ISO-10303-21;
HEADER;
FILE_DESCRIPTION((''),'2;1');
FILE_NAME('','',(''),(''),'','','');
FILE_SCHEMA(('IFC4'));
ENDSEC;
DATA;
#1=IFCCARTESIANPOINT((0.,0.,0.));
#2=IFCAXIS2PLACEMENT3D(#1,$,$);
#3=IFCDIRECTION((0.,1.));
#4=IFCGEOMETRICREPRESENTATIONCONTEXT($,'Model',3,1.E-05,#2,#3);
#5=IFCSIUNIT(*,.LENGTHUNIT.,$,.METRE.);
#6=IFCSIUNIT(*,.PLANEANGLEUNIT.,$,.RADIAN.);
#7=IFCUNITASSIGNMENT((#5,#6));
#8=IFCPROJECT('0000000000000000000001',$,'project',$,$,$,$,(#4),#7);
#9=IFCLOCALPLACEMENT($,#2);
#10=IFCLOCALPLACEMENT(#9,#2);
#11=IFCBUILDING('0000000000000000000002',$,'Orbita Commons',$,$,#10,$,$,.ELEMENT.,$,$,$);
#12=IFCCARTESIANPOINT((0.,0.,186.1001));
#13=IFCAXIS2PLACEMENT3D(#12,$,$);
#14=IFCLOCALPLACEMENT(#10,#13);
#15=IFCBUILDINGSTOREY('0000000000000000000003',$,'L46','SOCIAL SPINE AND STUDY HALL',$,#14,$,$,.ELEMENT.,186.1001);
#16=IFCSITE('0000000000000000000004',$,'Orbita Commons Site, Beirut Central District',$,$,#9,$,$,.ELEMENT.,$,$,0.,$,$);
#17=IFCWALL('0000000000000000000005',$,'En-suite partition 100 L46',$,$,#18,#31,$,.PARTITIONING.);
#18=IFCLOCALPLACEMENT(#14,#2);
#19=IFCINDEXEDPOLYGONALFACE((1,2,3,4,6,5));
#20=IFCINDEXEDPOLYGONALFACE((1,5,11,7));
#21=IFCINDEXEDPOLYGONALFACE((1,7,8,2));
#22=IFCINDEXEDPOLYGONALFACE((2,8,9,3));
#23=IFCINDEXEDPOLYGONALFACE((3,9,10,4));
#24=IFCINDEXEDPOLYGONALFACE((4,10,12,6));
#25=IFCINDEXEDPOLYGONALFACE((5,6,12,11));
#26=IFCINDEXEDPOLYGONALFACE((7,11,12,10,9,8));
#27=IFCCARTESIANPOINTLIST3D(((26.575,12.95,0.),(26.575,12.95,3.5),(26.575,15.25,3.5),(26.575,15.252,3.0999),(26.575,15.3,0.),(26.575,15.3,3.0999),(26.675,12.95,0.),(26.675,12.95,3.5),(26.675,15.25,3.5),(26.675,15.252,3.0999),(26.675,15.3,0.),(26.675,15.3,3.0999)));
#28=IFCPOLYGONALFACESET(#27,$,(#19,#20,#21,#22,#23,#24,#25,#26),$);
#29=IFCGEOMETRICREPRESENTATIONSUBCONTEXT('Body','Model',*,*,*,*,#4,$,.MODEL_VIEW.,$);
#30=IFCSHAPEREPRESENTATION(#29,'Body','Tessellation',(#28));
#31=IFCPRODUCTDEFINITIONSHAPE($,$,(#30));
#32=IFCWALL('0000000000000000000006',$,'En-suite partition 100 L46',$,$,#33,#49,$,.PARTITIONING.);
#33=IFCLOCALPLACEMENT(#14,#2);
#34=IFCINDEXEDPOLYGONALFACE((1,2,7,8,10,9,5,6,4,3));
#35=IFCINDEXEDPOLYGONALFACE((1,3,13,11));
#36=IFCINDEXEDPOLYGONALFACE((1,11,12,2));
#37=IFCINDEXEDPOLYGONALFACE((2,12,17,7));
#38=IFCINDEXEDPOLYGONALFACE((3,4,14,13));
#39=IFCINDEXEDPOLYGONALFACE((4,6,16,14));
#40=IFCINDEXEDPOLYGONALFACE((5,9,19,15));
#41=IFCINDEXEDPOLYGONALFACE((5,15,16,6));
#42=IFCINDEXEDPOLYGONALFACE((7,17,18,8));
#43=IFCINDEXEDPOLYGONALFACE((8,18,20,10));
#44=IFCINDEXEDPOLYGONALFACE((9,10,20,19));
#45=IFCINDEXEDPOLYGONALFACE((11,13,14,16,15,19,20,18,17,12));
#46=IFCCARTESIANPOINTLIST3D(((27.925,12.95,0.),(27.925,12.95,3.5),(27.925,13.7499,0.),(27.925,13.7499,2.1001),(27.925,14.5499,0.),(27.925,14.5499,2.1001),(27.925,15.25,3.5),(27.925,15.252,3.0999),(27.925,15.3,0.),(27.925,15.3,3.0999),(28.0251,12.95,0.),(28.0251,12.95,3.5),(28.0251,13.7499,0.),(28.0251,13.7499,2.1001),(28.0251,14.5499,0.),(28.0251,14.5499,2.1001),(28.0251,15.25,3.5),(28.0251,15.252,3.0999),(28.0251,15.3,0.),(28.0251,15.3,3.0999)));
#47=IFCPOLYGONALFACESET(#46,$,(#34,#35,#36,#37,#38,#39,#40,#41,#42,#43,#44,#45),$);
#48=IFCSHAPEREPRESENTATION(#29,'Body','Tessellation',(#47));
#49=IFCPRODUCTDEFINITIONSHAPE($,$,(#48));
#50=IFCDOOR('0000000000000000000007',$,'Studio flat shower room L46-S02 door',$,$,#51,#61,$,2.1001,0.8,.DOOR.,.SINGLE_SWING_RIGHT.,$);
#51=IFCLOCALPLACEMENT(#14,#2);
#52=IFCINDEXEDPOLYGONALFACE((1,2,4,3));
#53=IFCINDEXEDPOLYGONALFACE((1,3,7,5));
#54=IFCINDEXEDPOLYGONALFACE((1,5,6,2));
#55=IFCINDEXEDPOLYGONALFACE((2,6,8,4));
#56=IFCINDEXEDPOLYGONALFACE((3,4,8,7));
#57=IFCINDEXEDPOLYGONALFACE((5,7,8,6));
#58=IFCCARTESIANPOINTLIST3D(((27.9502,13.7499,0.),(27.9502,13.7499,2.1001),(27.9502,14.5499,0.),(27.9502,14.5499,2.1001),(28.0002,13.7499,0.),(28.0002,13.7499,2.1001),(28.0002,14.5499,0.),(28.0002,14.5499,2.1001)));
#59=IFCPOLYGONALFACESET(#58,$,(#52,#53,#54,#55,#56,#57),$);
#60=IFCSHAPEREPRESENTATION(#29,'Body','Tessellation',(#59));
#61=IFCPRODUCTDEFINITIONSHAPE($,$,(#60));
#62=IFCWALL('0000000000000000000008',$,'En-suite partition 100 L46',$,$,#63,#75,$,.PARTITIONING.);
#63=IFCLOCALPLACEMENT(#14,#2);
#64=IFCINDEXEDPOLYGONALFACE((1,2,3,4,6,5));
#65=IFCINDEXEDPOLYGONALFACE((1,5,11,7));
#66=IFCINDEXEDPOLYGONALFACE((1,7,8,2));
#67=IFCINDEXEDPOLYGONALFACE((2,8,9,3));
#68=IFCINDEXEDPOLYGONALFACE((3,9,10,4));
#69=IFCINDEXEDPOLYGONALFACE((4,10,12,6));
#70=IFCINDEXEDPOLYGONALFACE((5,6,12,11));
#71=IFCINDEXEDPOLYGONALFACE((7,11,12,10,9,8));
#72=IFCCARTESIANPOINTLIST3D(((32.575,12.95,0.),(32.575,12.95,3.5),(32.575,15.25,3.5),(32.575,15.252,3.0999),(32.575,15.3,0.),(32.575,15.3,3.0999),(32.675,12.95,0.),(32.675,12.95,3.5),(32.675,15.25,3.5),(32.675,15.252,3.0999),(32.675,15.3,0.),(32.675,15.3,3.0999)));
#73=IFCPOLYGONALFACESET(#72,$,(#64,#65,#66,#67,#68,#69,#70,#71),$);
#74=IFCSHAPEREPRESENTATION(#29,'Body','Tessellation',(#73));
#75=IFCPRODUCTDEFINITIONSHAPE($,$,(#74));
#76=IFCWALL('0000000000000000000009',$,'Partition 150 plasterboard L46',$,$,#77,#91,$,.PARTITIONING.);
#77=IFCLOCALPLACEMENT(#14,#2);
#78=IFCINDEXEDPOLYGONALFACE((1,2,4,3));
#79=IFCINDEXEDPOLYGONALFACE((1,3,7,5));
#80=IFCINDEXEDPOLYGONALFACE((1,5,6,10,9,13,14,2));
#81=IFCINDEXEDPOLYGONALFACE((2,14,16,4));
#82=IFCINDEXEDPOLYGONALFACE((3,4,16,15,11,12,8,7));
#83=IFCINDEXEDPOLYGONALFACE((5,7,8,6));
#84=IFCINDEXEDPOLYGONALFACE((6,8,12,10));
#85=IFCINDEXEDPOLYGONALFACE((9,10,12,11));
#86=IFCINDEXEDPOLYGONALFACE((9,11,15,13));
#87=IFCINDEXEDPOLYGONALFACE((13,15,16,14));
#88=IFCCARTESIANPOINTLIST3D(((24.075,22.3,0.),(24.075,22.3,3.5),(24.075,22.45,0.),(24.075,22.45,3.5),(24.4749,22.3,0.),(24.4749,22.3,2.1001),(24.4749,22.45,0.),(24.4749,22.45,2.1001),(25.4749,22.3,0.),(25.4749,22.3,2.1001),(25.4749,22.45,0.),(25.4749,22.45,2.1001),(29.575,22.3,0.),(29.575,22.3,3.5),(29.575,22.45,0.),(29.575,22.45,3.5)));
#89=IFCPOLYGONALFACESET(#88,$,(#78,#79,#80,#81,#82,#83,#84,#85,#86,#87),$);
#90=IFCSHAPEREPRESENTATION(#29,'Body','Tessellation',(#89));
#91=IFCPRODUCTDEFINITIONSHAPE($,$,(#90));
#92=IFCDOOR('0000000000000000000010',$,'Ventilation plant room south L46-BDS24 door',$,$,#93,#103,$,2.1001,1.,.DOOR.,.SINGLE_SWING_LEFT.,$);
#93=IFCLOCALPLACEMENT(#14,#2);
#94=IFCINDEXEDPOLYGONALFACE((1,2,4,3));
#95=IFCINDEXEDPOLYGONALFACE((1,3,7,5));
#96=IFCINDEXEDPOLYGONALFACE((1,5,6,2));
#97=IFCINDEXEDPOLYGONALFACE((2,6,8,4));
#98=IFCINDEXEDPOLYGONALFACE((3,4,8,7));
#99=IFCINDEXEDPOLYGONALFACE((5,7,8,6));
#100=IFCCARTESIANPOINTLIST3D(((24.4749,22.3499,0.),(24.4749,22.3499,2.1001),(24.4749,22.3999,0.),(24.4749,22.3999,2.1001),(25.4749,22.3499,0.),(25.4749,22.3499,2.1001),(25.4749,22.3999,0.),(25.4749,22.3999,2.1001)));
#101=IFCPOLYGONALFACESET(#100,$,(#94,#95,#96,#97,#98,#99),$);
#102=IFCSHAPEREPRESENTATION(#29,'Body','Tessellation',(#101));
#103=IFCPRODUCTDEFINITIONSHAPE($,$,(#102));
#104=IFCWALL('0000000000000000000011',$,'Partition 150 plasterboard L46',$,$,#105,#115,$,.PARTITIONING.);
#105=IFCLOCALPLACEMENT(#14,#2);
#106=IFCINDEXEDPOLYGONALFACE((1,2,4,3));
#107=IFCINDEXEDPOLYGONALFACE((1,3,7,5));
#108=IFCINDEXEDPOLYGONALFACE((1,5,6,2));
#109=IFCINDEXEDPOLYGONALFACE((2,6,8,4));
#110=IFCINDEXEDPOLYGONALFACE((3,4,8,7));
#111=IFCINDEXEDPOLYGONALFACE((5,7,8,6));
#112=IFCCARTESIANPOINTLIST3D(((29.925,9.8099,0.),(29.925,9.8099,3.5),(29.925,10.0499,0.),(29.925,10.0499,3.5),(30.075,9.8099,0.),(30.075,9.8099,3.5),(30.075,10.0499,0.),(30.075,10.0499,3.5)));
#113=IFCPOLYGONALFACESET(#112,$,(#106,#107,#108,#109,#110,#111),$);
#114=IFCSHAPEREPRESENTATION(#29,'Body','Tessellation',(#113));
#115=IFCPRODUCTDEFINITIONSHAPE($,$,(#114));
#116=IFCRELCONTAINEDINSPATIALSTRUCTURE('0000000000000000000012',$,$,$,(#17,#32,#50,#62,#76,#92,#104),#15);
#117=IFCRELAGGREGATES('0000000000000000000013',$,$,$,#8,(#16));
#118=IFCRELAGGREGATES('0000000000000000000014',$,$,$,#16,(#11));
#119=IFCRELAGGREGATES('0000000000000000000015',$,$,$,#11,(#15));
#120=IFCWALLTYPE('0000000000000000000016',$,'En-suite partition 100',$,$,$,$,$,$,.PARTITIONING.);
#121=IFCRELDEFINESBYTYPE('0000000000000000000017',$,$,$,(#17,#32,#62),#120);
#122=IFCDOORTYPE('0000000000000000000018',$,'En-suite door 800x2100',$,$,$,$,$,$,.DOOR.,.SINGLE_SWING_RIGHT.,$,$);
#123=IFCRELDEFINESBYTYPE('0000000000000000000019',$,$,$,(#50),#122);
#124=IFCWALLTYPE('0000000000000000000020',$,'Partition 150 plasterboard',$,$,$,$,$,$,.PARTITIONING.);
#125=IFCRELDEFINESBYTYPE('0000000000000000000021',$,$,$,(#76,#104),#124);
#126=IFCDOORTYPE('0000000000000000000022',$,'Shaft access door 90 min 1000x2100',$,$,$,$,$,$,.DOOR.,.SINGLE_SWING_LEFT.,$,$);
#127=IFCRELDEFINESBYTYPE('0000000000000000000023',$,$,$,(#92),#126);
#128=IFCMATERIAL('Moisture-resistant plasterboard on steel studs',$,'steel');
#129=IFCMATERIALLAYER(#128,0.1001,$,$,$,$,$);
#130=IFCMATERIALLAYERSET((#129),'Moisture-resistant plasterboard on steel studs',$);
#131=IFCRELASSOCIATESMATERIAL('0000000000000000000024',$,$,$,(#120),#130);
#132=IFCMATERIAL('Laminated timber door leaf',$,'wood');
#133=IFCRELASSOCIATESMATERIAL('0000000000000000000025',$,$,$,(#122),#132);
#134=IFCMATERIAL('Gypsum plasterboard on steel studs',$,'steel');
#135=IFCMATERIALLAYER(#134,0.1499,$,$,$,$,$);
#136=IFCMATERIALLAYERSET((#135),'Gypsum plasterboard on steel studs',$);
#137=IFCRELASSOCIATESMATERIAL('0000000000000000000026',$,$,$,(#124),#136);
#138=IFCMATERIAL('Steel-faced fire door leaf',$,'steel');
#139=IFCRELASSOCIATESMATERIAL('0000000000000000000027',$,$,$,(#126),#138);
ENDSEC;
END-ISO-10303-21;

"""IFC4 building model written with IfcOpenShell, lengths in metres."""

from ifc_helpers import new_model, si_unit, direction, frame, frame_2d, origin, place, context, subcontext, project, spatial, polyline, rectangle, outline, extrude, material, layer, layer_set, type_object, element, fill, save


model = new_model("IFC4")

# Units and contexts
model_context = context("Model", 3, precision=1e-05, world=origin(), true_north=direction((0.0, 1.0)))
body_context = subcontext(model_context, "Body", "Model", "MODEL_VIEW")
ifc_project = project(units=[si_unit("LENGTHUNIT", "METRE"), si_unit("PLANEANGLEUNIT", "RADIAN")], contexts=[model_context])

# Site, building, storey
site_placement = place(None, origin())
site = spatial("IfcSite", under=ifc_project, at=site_placement, Name="Orbita Commons Site, Beirut Central District", CompositionType="ELEMENT", RefElevation=0.0)
building_placement = place(site_placement, origin())
building = spatial("IfcBuilding", under=site, at=building_placement, Name="Orbita Commons", CompositionType="ELEMENT")
storey_placement = place(building_placement, frame((0.0, 0.0, 186.1001)))
storey = spatial("IfcBuildingStorey", under=building, at=storey_placement, Name="L46", Description="SOCIAL SPINE AND STUDY HALL", CompositionType="ELEMENT", Elevation=186.1001)

# Shared definitions
ifc_material_1 = material(Name="Moisture-resistant plasterboard on steel studs", Category="steel")
ifc_layer_1 = layer(ifc_material_1, 0.1001)
ifc_layer_set_1 = layer_set([ifc_layer_1], Name="Moisture-resistant plasterboard on steel studs")
wall_type_1 = type_object("IfcWallType", Name="En-suite partition 100", PredefinedType="PARTITIONING", material=ifc_layer_set_1)
ifc_material_2 = material(Name="Laminated timber door leaf", Category="wood")
door_type_1 = type_object("IfcDoorType", Name="En-suite door 800x2100", OperationType="SINGLE_SWING_RIGHT", PredefinedType="DOOR", material=ifc_material_2)

# Wall
wall_1_placement = place(storey_placement, frame((26.625, 12.95, 0.0), z_axis=(0.0, 0.0, 1.0), x_axis=(0.0, 1.0, 0.0)))
element("IfcWall", 1, at=wall_1_placement, inside=storey, type_object=wall_type_1, Name="En-suite partition 100 L46", PredefinedType="PARTITIONING", context=body_context, shape_type="SweptSolid", body=[
    extrude(outline(polyline([(0.0, 0.0), (2.3501, 0.0), (2.3501, 3.0999), (2.302, 3.0999), (2.3, 3.5), (0.0, 3.5), (0.0, 0.0)])), frame((0.0, 0.05, 0.0), z_axis=(0.0, -1.0, 0.0), x_axis=(1.0, 0.0, 0.0)), (0.0, 0.0, 1.0), 0.1001),
])

# Wall, opening, door
wall_2_placement = place(storey_placement, frame((27.9751, 12.95, 0.0), z_axis=(0.0, 0.0, 1.0), x_axis=(0.0, 1.0, 0.0)))
wall_2 = element("IfcWall", 2, at=wall_2_placement, inside=storey, type_object=wall_type_1, Name="En-suite partition 100 L46", PredefinedType="PARTITIONING", context=body_context, shape_type="SweptSolid", body=[
    extrude(outline(polyline([(0.0, 0.0), (2.3501, 0.0), (2.3501, 3.0999), (2.302, 3.0999), (2.3, 3.5), (0.0, 3.5), (0.0, 0.0)])), frame((0.0, 0.05, 0.0), z_axis=(0.0, -1.0, 0.0), x_axis=(1.0, 0.0, 0.0)), (0.0, 0.0, 1.0), 0.1001),
])
opening_1_placement = place(wall_2_placement, frame((0.8, 0.0, 0.0)))
opening_1 = element("IfcOpeningElement", 3, at=opening_1_placement, cuts=wall_2, PredefinedType="OPENING", context=body_context, shape_type="SweptSolid", body=[
    extrude(rectangle(XDim=0.8, YDim=2.1001, at=frame_2d((0.3999, 1.05))), frame((0.0, 0.0601, 0.0), z_axis=(0.0, -1.0, 0.0), x_axis=(1.0, 0.0, 0.0)), (0.0, 0.0, 1.0), 0.1201),
])
door_1_placement = place(opening_1_placement, origin())
door_1 = element("IfcDoor", 4, at=door_1_placement, inside=storey, type_object=door_type_1, Name="Studio flat shower room L46-S02 door", OperationType="SINGLE_SWING_RIGHT", OverallHeight=2.1001, OverallWidth=0.8, PredefinedType="DOOR", context=body_context, shape_type="SweptSolid", body=[
    extrude(rectangle(XDim=0.8, YDim=2.1001, at=frame_2d((0.3999, 1.05))), frame((0.0, 0.0249, 0.0), z_axis=(0.0, -1.0, 0.0), x_axis=(1.0, 0.0, 0.0)), (0.0, 0.0, 1.0), 0.05),
])
fill(opening_1, door_1)

# Wall
wall_3_placement = place(storey_placement, frame((32.625, 12.95, 0.0), z_axis=(0.0, 0.0, 1.0), x_axis=(0.0, 1.0, 0.0)))
element("IfcWall", 5, at=wall_3_placement, inside=storey, type_object=wall_type_1, Name="En-suite partition 100 L46", PredefinedType="PARTITIONING", context=body_context, shape_type="SweptSolid", body=[
    extrude(outline(polyline([(0.0, 0.0), (2.3501, 0.0), (2.3501, 3.0999), (2.302, 3.0999), (2.3, 3.5), (0.0, 3.5), (0.0, 0.0)])), frame((0.0, 0.05, 0.0), z_axis=(0.0, -1.0, 0.0), x_axis=(1.0, 0.0, 0.0)), (0.0, 0.0, 1.0), 0.1001),
])

# Wall, opening, door
ifc_material_3 = material(Name="Gypsum plasterboard on steel studs", Category="steel")
ifc_layer_2 = layer(ifc_material_3, 0.1499)
ifc_layer_set_2 = layer_set([ifc_layer_2], Name="Gypsum plasterboard on steel studs")
wall_type_2 = type_object("IfcWallType", Name="Partition 150 plasterboard", PredefinedType="PARTITIONING", material=ifc_layer_set_2)
wall_4_placement = place(storey_placement, frame((24.075, 22.375, 0.0), z_axis=(0.0, 0.0, 1.0), x_axis=(1.0, 0.0, 0.0)))
wall_4 = element("IfcWall", 6, at=wall_4_placement, inside=storey, type_object=wall_type_2, Name="Partition 150 plasterboard L46", PredefinedType="PARTITIONING", context=body_context, shape_type="SweptSolid", body=[
    extrude(rectangle(XDim=5.5, YDim=0.1499, at=frame_2d((2.75, 0.0))), origin(), (0.0, 0.0, 1.0), 3.5),
])
opening_2_placement = place(wall_4_placement, frame((0.3999, 0.0, 0.0)))
opening_2 = element("IfcOpeningElement", 7, at=opening_2_placement, cuts=wall_4, PredefinedType="OPENING", context=body_context, shape_type="SweptSolid", body=[
    extrude(rectangle(XDim=1.0, YDim=2.1001, at=frame_2d((0.5, 1.05))), frame((0.0, 0.085, 0.0), z_axis=(0.0, -1.0, 0.0), x_axis=(1.0, 0.0, 0.0)), (0.0, 0.0, 1.0), 0.1699),
])
ifc_material_4 = material(Name="Steel-faced fire door leaf", Category="steel")
door_type_2 = type_object("IfcDoorType", Name="Shaft access door 90 min 1000x2100", OperationType="SINGLE_SWING_LEFT", PredefinedType="DOOR", material=ifc_material_4)
door_2_placement = place(opening_2_placement, origin())
door_2 = element("IfcDoor", 8, at=door_2_placement, inside=storey, type_object=door_type_2, Name="Ventilation plant room south L46-BDS24 door", OperationType="SINGLE_SWING_LEFT", OverallHeight=2.1001, OverallWidth=1.0, PredefinedType="DOOR", context=body_context, shape_type="SweptSolid", body=[
    extrude(rectangle(XDim=1.0, YDim=2.1001, at=frame_2d((0.5, 1.05))), frame((0.0, 0.0249, 0.0), z_axis=(0.0, -1.0, 0.0), x_axis=(1.0, 0.0, 0.0)), (0.0, 0.0, 1.0), 0.05),
])
fill(opening_2, door_2)

# Wall
wall_5_placement = place(storey_placement, frame((30.0, 10.05, 0.0), z_axis=(0.0, 0.0, 1.0), x_axis=(0.0, -1.0, 0.0)))
element("IfcWall", 9, at=wall_5_placement, inside=storey, type_object=wall_type_2, Name="Partition 150 plasterboard L46", PredefinedType="PARTITIONING", context=body_context, shape_type="SweptSolid", body=[
    extrude(rectangle(XDim=0.24, YDim=0.1499, at=frame_2d((0.1201, 0.0))), origin(), (0.0, 0.0, 1.0), 3.5),
])

save(model, "model.ifc")
